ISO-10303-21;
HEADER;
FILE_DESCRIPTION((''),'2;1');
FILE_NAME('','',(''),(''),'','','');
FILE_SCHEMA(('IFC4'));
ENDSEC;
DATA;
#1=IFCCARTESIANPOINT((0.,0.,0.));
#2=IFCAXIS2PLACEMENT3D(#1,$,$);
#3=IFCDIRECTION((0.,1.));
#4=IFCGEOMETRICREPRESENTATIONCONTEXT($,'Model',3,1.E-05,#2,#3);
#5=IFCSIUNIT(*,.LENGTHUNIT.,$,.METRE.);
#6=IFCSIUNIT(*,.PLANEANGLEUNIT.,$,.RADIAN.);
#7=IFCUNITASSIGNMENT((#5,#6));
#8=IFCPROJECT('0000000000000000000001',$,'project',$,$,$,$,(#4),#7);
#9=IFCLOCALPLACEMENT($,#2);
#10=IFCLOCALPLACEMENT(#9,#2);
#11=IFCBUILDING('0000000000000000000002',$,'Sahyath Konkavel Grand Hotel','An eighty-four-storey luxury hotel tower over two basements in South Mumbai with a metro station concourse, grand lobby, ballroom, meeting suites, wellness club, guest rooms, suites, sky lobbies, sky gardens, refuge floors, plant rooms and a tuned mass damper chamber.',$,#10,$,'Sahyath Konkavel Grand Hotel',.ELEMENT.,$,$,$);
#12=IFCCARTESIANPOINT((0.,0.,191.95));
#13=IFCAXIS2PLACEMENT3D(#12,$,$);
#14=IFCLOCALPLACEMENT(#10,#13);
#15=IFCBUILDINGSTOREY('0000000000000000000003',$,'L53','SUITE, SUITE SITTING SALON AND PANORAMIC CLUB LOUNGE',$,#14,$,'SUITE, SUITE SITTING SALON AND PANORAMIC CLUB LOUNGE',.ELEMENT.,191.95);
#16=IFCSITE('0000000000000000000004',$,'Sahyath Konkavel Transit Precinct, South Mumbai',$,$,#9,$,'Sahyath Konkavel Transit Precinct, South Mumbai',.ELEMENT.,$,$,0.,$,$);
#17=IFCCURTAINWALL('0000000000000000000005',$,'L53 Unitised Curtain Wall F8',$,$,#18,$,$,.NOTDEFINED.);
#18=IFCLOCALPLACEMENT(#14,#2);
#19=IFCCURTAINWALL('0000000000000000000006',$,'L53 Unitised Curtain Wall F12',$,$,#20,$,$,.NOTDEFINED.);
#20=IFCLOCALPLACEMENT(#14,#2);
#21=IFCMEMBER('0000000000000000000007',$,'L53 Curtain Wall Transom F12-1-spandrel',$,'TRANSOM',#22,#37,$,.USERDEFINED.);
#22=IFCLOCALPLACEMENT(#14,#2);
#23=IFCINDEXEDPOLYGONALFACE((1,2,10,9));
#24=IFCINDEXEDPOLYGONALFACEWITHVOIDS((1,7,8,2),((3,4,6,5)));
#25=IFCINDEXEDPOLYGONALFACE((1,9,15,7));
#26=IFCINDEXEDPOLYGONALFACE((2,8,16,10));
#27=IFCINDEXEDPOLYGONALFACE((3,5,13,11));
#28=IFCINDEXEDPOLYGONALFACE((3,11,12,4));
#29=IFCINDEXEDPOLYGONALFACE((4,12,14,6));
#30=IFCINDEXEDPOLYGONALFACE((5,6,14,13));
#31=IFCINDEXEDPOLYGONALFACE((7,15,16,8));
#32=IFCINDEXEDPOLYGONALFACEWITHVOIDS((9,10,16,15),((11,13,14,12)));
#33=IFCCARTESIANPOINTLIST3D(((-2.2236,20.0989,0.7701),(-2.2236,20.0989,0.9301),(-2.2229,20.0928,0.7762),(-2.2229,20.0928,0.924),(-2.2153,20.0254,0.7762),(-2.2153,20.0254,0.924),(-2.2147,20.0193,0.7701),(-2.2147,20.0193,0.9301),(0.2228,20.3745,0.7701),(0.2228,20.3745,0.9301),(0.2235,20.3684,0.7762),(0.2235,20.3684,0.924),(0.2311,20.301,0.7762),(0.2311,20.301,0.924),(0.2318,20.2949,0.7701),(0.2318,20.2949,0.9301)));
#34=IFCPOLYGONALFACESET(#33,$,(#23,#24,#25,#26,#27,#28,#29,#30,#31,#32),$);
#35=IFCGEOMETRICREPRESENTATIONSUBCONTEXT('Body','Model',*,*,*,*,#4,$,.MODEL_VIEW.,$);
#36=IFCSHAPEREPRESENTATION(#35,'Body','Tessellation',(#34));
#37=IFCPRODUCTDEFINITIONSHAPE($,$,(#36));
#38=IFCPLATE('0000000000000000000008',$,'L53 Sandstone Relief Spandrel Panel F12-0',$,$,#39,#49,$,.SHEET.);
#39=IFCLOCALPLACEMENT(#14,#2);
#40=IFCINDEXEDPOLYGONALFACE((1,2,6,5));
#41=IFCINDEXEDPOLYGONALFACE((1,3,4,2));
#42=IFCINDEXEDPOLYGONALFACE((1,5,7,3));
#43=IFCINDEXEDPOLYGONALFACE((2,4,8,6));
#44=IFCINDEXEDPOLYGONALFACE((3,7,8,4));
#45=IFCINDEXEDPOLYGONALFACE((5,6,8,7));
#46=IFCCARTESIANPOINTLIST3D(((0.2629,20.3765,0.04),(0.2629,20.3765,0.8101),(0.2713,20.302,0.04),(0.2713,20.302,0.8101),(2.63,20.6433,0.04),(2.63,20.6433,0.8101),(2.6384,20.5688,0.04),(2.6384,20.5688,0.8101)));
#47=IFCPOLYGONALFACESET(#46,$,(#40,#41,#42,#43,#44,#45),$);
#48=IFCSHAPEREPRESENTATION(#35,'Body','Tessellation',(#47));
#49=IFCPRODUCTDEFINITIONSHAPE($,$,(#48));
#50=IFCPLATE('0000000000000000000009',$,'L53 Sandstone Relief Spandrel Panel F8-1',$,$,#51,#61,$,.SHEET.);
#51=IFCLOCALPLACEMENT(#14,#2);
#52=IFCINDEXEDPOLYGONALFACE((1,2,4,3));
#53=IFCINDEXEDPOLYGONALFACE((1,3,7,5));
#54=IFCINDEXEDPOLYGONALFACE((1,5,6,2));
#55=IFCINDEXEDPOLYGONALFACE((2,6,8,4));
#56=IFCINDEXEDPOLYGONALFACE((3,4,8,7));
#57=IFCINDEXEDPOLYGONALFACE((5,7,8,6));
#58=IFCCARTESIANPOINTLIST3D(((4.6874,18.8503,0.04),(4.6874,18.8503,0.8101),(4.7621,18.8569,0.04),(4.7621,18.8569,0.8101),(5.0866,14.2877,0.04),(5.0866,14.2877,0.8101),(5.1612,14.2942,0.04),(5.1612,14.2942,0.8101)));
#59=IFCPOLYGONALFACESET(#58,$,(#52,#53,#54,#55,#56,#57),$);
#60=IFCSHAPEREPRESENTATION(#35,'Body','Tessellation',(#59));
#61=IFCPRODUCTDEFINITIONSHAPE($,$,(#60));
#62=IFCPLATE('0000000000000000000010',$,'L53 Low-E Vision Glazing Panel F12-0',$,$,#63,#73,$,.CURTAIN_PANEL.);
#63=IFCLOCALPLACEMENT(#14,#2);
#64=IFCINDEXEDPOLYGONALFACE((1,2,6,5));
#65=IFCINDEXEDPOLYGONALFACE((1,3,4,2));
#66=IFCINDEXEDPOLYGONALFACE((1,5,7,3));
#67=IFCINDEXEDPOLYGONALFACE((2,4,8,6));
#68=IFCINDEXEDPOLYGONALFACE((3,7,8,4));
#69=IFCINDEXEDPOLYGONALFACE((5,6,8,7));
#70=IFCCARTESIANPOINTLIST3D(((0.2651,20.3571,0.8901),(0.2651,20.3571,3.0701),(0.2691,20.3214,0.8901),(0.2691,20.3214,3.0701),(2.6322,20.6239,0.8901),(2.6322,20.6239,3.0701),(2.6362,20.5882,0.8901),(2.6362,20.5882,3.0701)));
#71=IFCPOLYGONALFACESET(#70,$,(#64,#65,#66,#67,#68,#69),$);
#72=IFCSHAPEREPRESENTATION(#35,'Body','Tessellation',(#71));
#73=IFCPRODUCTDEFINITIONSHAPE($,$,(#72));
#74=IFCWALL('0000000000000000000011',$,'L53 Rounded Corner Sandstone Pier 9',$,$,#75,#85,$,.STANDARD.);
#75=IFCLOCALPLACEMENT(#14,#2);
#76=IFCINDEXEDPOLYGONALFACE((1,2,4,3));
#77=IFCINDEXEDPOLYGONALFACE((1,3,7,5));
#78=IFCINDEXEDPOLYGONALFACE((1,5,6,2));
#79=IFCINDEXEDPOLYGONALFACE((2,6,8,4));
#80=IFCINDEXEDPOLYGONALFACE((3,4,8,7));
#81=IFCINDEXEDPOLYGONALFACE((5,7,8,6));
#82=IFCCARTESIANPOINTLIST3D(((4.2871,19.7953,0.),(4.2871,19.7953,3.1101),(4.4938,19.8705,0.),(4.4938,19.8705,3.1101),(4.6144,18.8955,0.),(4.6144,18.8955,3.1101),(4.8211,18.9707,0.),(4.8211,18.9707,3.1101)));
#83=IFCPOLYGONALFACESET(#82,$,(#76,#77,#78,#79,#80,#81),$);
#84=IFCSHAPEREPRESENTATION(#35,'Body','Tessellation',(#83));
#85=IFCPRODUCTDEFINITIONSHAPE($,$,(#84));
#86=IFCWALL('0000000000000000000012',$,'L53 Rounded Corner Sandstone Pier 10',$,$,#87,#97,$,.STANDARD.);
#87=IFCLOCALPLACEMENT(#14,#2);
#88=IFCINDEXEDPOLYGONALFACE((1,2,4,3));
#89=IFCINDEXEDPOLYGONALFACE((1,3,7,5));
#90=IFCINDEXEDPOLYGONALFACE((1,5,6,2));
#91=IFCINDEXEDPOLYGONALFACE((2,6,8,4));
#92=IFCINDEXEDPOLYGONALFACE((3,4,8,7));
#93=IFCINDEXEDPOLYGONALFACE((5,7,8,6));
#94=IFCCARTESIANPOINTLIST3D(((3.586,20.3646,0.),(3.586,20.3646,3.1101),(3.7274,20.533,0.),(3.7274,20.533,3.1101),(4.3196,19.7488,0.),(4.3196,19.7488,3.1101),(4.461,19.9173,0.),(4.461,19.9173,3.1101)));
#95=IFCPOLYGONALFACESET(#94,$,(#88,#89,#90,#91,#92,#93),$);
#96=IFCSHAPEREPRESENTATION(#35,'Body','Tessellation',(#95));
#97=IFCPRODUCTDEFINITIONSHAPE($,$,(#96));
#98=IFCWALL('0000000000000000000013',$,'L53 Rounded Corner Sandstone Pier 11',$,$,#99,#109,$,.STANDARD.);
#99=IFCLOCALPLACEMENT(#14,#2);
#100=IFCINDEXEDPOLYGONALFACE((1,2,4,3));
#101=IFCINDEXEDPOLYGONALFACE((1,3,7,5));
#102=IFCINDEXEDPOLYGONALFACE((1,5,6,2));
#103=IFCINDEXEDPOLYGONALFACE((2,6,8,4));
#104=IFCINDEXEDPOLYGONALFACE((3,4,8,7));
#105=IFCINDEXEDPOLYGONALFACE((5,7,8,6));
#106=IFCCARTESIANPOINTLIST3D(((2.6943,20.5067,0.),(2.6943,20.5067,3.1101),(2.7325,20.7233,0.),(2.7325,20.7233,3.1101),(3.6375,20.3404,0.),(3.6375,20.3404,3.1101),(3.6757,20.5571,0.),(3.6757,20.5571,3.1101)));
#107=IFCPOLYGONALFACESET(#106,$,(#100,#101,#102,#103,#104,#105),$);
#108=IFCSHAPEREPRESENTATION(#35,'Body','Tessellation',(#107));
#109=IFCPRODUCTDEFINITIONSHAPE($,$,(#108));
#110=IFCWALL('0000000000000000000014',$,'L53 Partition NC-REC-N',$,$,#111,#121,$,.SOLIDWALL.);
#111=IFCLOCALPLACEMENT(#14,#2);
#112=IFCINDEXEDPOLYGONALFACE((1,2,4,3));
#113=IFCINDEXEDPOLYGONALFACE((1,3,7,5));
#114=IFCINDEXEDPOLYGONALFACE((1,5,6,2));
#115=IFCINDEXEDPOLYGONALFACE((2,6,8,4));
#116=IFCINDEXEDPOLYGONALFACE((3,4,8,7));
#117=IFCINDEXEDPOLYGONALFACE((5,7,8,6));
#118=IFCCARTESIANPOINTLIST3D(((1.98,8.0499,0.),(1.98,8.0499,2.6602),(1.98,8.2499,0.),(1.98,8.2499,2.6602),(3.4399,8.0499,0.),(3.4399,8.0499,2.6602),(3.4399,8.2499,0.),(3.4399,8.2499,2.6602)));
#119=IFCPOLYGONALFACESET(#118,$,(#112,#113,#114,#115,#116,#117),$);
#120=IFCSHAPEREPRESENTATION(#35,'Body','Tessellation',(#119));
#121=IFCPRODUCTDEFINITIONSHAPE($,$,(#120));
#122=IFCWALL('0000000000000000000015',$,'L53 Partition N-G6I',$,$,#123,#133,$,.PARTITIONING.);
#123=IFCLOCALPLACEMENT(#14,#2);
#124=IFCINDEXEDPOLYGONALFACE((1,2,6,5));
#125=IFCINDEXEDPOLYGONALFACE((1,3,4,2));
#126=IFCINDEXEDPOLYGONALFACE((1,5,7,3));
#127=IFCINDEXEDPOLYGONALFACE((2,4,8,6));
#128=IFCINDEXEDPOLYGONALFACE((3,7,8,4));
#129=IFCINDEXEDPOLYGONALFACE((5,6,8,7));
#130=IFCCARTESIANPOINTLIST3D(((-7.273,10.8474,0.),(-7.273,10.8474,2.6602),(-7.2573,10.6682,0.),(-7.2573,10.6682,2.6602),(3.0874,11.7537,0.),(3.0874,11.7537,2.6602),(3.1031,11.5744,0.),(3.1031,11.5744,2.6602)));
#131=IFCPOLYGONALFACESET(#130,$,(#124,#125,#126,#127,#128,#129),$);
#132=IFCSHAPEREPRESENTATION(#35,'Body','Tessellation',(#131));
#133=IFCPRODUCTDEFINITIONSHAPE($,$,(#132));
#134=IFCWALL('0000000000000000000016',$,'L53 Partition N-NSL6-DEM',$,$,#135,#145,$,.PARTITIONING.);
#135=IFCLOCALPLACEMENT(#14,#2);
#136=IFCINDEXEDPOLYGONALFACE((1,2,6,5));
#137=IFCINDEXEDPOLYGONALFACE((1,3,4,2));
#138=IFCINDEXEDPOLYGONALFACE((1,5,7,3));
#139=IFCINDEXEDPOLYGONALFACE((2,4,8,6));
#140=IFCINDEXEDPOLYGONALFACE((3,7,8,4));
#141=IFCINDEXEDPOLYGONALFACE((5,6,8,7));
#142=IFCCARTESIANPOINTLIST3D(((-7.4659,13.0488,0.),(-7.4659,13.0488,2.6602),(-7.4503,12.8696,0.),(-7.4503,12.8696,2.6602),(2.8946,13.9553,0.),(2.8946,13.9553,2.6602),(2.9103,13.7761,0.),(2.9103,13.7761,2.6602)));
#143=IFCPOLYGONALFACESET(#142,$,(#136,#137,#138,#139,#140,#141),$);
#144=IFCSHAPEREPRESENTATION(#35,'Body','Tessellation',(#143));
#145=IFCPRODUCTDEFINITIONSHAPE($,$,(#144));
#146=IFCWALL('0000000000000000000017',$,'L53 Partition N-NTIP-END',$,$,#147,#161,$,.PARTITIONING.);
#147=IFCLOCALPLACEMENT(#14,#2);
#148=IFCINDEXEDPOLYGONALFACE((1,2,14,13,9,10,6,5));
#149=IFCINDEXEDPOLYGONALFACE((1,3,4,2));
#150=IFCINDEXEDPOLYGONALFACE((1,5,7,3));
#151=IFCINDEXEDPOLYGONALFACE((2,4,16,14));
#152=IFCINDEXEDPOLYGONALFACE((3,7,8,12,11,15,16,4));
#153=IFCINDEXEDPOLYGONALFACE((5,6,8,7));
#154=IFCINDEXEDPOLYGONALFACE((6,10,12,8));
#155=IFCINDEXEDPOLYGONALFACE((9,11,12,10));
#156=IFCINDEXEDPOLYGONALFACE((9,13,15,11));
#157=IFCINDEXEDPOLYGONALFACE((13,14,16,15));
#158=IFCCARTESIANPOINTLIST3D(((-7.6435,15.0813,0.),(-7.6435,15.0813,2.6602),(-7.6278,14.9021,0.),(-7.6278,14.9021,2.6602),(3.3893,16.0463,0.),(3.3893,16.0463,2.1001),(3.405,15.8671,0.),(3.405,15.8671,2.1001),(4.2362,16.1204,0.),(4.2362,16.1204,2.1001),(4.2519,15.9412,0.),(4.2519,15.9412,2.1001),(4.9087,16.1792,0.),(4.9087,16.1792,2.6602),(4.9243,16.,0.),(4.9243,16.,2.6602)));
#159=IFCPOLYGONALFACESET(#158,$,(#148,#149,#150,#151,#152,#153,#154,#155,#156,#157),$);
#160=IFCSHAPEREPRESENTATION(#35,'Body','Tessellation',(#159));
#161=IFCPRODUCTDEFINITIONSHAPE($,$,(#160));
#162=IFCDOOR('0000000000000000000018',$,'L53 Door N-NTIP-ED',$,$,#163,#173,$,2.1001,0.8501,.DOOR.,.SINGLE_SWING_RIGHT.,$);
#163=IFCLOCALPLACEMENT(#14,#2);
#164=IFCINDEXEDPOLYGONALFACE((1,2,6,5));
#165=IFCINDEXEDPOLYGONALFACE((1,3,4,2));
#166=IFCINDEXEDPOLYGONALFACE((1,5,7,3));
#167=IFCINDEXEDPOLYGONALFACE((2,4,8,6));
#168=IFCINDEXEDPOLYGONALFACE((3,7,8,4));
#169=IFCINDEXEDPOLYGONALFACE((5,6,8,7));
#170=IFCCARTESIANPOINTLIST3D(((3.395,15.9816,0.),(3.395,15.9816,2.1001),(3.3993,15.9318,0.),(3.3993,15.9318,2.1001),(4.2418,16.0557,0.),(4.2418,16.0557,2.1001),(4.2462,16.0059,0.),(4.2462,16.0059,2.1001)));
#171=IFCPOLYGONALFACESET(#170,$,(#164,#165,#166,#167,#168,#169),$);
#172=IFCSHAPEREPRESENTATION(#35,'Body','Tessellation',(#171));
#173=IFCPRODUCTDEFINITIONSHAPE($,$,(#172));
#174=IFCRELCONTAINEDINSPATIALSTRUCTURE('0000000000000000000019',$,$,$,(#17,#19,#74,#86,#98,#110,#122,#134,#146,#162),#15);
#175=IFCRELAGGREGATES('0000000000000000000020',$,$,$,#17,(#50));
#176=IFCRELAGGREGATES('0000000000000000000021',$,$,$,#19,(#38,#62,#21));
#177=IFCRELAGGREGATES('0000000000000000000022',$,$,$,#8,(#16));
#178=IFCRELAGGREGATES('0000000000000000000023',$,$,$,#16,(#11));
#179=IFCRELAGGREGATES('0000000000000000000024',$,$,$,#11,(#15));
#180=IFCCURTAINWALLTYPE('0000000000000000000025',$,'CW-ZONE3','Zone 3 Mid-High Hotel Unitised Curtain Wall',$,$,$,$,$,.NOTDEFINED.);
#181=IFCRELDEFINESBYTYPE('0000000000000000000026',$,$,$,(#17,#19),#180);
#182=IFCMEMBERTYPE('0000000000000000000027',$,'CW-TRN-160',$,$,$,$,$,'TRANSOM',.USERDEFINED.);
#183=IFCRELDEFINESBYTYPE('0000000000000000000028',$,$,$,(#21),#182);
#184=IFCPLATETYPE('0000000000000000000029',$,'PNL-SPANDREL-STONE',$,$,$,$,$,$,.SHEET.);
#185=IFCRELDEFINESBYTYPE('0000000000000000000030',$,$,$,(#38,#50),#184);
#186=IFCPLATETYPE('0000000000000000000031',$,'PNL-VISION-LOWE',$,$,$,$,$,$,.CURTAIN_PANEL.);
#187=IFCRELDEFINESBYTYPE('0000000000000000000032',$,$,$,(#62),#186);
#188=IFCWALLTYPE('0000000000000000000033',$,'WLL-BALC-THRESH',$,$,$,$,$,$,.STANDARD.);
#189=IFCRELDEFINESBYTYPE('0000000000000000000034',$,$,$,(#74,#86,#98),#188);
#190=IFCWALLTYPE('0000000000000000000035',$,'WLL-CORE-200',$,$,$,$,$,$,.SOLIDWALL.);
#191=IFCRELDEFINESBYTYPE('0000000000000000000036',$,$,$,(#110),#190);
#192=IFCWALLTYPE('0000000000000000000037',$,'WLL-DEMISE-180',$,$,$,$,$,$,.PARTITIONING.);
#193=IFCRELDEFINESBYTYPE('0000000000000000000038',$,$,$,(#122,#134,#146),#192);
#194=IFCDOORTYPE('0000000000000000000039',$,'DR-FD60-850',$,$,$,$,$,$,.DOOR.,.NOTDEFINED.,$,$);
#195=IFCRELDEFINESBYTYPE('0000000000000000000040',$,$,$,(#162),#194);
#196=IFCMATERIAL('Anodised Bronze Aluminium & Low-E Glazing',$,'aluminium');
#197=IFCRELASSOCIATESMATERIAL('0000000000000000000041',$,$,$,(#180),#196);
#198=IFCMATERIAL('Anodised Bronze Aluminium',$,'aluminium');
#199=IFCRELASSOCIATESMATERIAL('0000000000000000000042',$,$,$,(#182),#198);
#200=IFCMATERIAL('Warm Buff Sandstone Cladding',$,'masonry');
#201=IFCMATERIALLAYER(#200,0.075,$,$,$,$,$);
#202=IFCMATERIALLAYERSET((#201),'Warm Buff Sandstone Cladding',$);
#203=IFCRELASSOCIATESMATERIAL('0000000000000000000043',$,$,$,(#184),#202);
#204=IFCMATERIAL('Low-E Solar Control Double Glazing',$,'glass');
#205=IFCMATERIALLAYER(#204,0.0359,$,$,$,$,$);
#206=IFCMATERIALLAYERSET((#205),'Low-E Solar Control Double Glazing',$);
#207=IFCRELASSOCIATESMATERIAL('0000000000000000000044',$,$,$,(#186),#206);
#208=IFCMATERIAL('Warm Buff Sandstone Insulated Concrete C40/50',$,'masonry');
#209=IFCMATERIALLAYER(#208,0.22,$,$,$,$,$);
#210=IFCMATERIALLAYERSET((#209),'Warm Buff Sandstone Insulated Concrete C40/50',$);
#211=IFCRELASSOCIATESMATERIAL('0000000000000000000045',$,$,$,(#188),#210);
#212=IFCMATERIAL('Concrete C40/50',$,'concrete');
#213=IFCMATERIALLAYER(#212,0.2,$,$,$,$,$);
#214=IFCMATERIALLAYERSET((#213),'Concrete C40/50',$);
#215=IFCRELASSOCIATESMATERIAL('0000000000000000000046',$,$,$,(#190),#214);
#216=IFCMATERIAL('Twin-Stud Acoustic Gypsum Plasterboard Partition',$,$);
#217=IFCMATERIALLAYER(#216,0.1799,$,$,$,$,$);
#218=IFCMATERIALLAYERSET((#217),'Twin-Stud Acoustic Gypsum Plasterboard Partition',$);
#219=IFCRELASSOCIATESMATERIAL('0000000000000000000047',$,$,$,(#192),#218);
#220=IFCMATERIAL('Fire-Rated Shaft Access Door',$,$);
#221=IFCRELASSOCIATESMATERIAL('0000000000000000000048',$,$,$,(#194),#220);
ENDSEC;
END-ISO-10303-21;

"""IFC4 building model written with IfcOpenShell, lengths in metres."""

from ifc_helpers import new_model, si_unit, direction, frame, frame_2d, origin, origin_2d, place, context, subcontext, project, spatial, rectangle, hollow_rectangle, extrude, source, transform, mapped, material, layer, layer_set, material_profile, profile_set, type_object, element, fill, aggregate, save


model = new_model("IFC4")

# Units and contexts
model_context = context("Model", 3, precision=1e-05, world=origin(), true_north=direction((0.0, 1.0)))
body_context = subcontext(model_context, "Body", "Model", "MODEL_VIEW")
ifc_project = project(units=[si_unit("LENGTHUNIT", "METRE"), si_unit("PLANEANGLEUNIT", "RADIAN")], contexts=[model_context])

# Site, building, storey
site_placement = place(None, origin())
site = spatial("IfcSite", under=ifc_project, at=site_placement, Name="Sahyath Konkavel Transit Precinct, South Mumbai", LongName="Sahyath Konkavel Transit Precinct, South Mumbai", CompositionType="ELEMENT", RefElevation=0.0)
building_placement = place(site_placement, origin())
building = spatial("IfcBuilding", under=site, at=building_placement, Name="Sahyath Konkavel Grand Hotel", Description="An eighty-four-storey luxury hotel tower over two basements in South Mumbai with a metro station concourse, grand lobby, ballroom, meeting suites, wellness club, guest rooms, suites, sky lobbies, sky gardens, refuge floors, plant rooms and a tuned mass damper chamber.", LongName="Sahyath Konkavel Grand Hotel", CompositionType="ELEMENT")
storey_placement = place(building_placement, frame((0.0, 0.0, 191.95)))
storey = spatial("IfcBuildingStorey", under=building, at=storey_placement, Name="L53", Description="SUITE, SUITE SITTING SALON AND PANORAMIC CLUB LOUNGE", LongName="SUITE, SUITE SITTING SALON AND PANORAMIC CLUB LOUNGE", CompositionType="ELEMENT", Elevation=191.95)

# Shared definitions
ifc_material_1 = material(Name="Concrete C40/50", Category="concrete")

# Curtain wall
ifc_material_2 = material(Name="Anodised Bronze Aluminium & Low-E Glazing", Category="aluminium")
curtain_wall_type = type_object("IfcCurtainWallType", Name="CW-ZONE3", Description="Zone 3 Mid-High Hotel Unitised Curtain Wall", PredefinedType="NOTDEFINED", material=ifc_material_2)
curtain_wall_1_placement = place(storey_placement, origin())
curtain_wall_1 = element("IfcCurtainWall", 1, at=curtain_wall_1_placement, inside=storey, type_object=curtain_wall_type, Name="L53 Unitised Curtain Wall F8", PredefinedType="NOTDEFINED")
ifc_material_3 = material(Name="Anodised Bronze Aluminium", Category="aluminium")

# Curtain wall, member, plate
curtain_wall_2_placement = place(storey_placement, origin())
curtain_wall_2 = element("IfcCurtainWall", 2, at=curtain_wall_2_placement, inside=storey, type_object=curtain_wall_type, Name="L53 Unitised Curtain Wall F12", PredefinedType="NOTDEFINED")
ifc_material_profile_1 = material_profile(ifc_material_3, hollow_rectangle(XDim=0.0801, YDim=0.1599, WallThickness=0.0061, at=origin_2d()), Name="RHS 160x80x6")
ifc_profile_set_1 = profile_set([ifc_material_profile_1], Name="Anodised Bronze Aluminium")
member_type_1 = type_object("IfcMemberType", Name="CW-TRN-160", ElementType="TRANSOM", PredefinedType="USERDEFINED", material=ifc_profile_set_1)
shared_shape_1 = source(origin(), body_context, "Body", "SweptSolid", [
    extrude(hollow_rectangle(XDim=0.0801, YDim=0.1599, WallThickness=0.0061, at=origin_2d()), origin(), (0.0, 0.0, 1.0), 2.4619),
])
member_1_placement = place(storey_placement, frame((0.2273, 20.3347, 0.8501), z_axis=(-0.993713, -0.111955, 0.0), x_axis=(0.111955, -0.993713, 0.0)))
member_1 = element("IfcMember", 3, at=member_1_placement, type_object=member_type_1, Name="L53 Curtain Wall Transom F12-1-spandrel", ObjectType="TRANSOM", PredefinedType="USERDEFINED", context=body_context, shape_type="MappedRepresentation", body=[
    mapped(shared_shape_1, transform((0.0, 0.0, 0.0), scale=1.0)),
])
ifc_material_4 = material(Name="Warm Buff Sandstone Cladding", Category="masonry")
ifc_layer_1 = layer(ifc_material_4, 0.075)
ifc_layer_set_1 = layer_set([ifc_layer_1], Name="Warm Buff Sandstone Cladding")
plate_type_1 = type_object("IfcPlateType", Name="PNL-SPANDREL-STONE", PredefinedType="SHEET", material=ifc_layer_set_1)
shared_shape_2 = source(origin(), body_context, "Body", "SweptSolid", [
    extrude(rectangle(XDim=2.3821, YDim=0.075, at=origin_2d()), origin(), (0.0, 0.0, 1.0), 0.77),
])
plate_1_placement = place(storey_placement, frame((1.4507, 20.4727, 0.04), z_axis=(0.0, 0.0, 1.0), x_axis=(-0.993707, -0.112007, 0.0)))
plate_1 = element("IfcPlate", 4, at=plate_1_placement, type_object=plate_type_1, Name="L53 Sandstone Relief Spandrel Panel F12-0", PredefinedType="SHEET", context=body_context, shape_type="MappedRepresentation", body=[
    mapped(shared_shape_2, transform((0.0, 0.0, 0.0), scale=1.0)),
])

# Plates
shared_shape_3 = source(origin(), body_context, "Body", "SweptSolid", [
    extrude(rectangle(XDim=4.5801, YDim=0.075, at=origin_2d()), origin(), (0.0, 0.0, 1.0), 0.77),
])
plate_2_placement = place(storey_placement, frame((4.9243, 16.5723, 0.04), z_axis=(0.0, 0.0, 1.0), x_axis=(-0.087156, 0.996195, 0.0)))
plate_2 = element("IfcPlate", 5, at=plate_2_placement, type_object=plate_type_1, Name="L53 Sandstone Relief Spandrel Panel F8-1", PredefinedType="SHEET", context=body_context, shape_type="MappedRepresentation", body=[
    mapped(shared_shape_3, transform((0.0, 0.0, 0.0), scale=1.0)),
])
aggregate(curtain_wall_1, [plate_2])
ifc_material_5 = material(Name="Low-E Solar Control Double Glazing", Category="glass")
ifc_layer_2 = layer(ifc_material_5, 0.0359)
ifc_layer_set_2 = layer_set([ifc_layer_2], Name="Low-E Solar Control Double Glazing")
plate_type_2 = type_object("IfcPlateType", Name="PNL-VISION-LOWE", PredefinedType="CURTAIN_PANEL", material=ifc_layer_set_2)
shared_shape_4 = source(origin(), body_context, "Body", "SweptSolid", [
    extrude(rectangle(XDim=2.3821, YDim=0.0359, at=origin_2d()), origin(), (0.0, 0.0, 1.0), 2.1799),
])
plate_3_placement = place(storey_placement, frame((1.4507, 20.4727, 0.8901), z_axis=(0.0, 0.0, 1.0), x_axis=(-0.993707, -0.112007, 0.0)))
plate_3 = element("IfcPlate", 6, at=plate_3_placement, type_object=plate_type_2, Name="L53 Low-E Vision Glazing Panel F12-0", PredefinedType="CURTAIN_PANEL", context=body_context, shape_type="MappedRepresentation", body=[
    mapped(shared_shape_4, transform((0.0, 0.0, 0.0), scale=1.0)),
])
aggregate(curtain_wall_2, [plate_1, plate_3, member_1])

# Walls
ifc_material_6 = material(Name="Warm Buff Sandstone Insulated Concrete C40/50", Category="masonry")
ifc_layer_3 = layer(ifc_material_6, 0.22)
ifc_layer_set_3 = layer_set([ifc_layer_3], Name="Warm Buff Sandstone Insulated Concrete C40/50")
wall_type_1 = type_object("IfcWallType", Name="WLL-BALC-THRESH", PredefinedType="STANDARD", material=ifc_layer_set_3)
wall_1_placement = place(storey_placement, frame((4.7178, 18.9331, 0.0), z_axis=(0.0, 0.0, 1.0), x_axis=(-0.341886, 0.939741, 0.0)))
element("IfcWall", 7, at=wall_1_placement, inside=storey, type_object=wall_type_1, Name="L53 Rounded Corner Sandstone Pier 9", PredefinedType="STANDARD", context=body_context, shape_type="SweptSolid", body=[
    extrude(rectangle(XDim=0.9575, YDim=0.22, at=frame_2d((0.4788, 0.0))), origin(), (0.0, 0.0, 1.0), 3.1101),
])
for number, where, z_axis, x_axis, name in (
    (8, (4.3904, 19.833, 0.0), (0.0, 0.0, 1.0), (-0.765981, 0.642863, 0.0), "L53 Rounded Corner Sandstone Pier 10"),
    (9, (3.6567, 20.4487, 0.0), (0.0, 0.0, 1.0), (-0.984814, 0.173611, 0.0), "L53 Rounded Corner Sandstone Pier 11"),
):
    element("IfcWall", number, at=place(storey_placement, frame(where, z_axis=z_axis, x_axis=x_axis)), inside=storey, type_object=wall_type_1, Name=name, PredefinedType="STANDARD", context=body_context, shape_type="SweptSolid", body=[
        extrude(rectangle(XDim=0.9578, YDim=0.22, at=frame_2d((0.479, 0.0))), origin(), (0.0, 0.0, 1.0), 3.1101),
    ])
ifc_layer_4 = layer(ifc_material_1, 0.2)
ifc_layer_set_4 = layer_set([ifc_layer_4], Name="Concrete C40/50")
wall_type_2 = type_object("IfcWallType", Name="WLL-CORE-200", PredefinedType="SOLIDWALL", material=ifc_layer_set_4)
wall_2_placement = place(storey_placement, frame((1.98, 8.1499, 0.0), z_axis=(0.0, 0.0, 1.0), x_axis=(1.0, 0.0, 0.0)))
element("IfcWall", 10, at=wall_2_placement, inside=storey, type_object=wall_type_2, Name="L53 Partition NC-REC-N", PredefinedType="SOLIDWALL", context=body_context, shape_type="SweptSolid", body=[
    extrude(rectangle(XDim=1.46, YDim=0.2, at=frame_2d((0.73, 0.0))), origin(), (0.0, 0.0, 1.0), 2.6602),
])
ifc_material_7 = material(Name="Twin-Stud Acoustic Gypsum Plasterboard Partition")
ifc_layer_5 = layer(ifc_material_7, 0.1799)
ifc_layer_set_5 = layer_set([ifc_layer_5], Name="Twin-Stud Acoustic Gypsum Plasterboard Partition")
wall_type_3 = type_object("IfcWallType", Name="WLL-DEMISE-180", PredefinedType="PARTITIONING", material=ifc_layer_set_5)
wall_3_placement = place(storey_placement, frame((3.0952, 11.6641, 0.0), z_axis=(0.0, 0.0, 1.0), x_axis=(-0.996196, -0.08714, 0.0)))
element("IfcWall", 11, at=wall_3_placement, inside=storey, type_object=wall_type_3, Name="L53 Partition N-G6I", PredefinedType="PARTITIONING", context=body_context, shape_type="SweptSolid", body=[
    extrude(rectangle(XDim=10.3999, YDim=0.1799, at=frame_2d((5.2, 0.0))), origin(), (0.0, 0.0, 1.0), 2.6602),
])
wall_4_placement = place(storey_placement, frame((2.9026, 13.8657, 0.0), z_axis=(0.0, 0.0, 1.0), x_axis=(-0.996194, -0.087161, 0.0)))
element("IfcWall", 12, at=wall_4_placement, inside=storey, type_object=wall_type_3, Name="L53 Partition N-NSL6-DEM", PredefinedType="PARTITIONING", context=body_context, shape_type="SweptSolid", body=[
    extrude(rectangle(XDim=10.4001, YDim=0.1799, at=frame_2d((5.2002, 0.0))), origin(), (0.0, 0.0, 1.0), 2.6602),
])

# Wall, opening, door
wall_5_placement = place(storey_placement, frame((4.9165, 16.0896, 0.0), z_axis=(0.0, 0.0, 1.0), x_axis=(-0.996197, -0.087134, 0.0)))
wall_5 = element("IfcWall", 13, at=wall_5_placement, inside=storey, type_object=wall_type_3, Name="L53 Partition N-NTIP-END", PredefinedType="PARTITIONING", context=body_context, shape_type="SweptSolid", body=[
    extrude(rectangle(XDim=12.6001, YDim=0.1799, at=frame_2d((6.3, 0.0))), origin(), (0.0, 0.0, 1.0), 2.6602),
])
opening_1_placement = place(wall_5_placement, frame((0.675, 0.0, 0.0)))
opening_1 = element("IfcOpeningElement", 14, at=opening_1_placement, cuts=wall_5, PredefinedType="OPENING", context=body_context, shape_type="SweptSolid", body=[
    extrude(rectangle(XDim=0.8501, YDim=2.1001, at=frame_2d((0.425, 1.05))), frame((0.0, 0.1001, 0.0), z_axis=(0.0, -1.0, 0.0), x_axis=(1.0, 0.0, 0.0)), (0.0, 0.0, 1.0), 0.2),
])
ifc_material_8 = material(Name="Fire-Rated Shaft Access Door")
door_type = type_object("IfcDoorType", Name="DR-FD60-850", OperationType="NOTDEFINED", PredefinedType="DOOR", material=ifc_material_8)
shared_shape_5 = source(origin(), body_context, "Body", "SweptSolid", [
    extrude(rectangle(XDim=0.8501, YDim=0.05, at=origin_2d()), origin(), (0.0, 0.0, 1.0), 2.1001),
])
door_1_placement = place(opening_1_placement, frame((0.425, 0.0, 0.0)))
door_1 = element("IfcDoor", 15, at=door_1_placement, inside=storey, type_object=door_type, Name="L53 Door N-NTIP-ED", OperationType="SINGLE_SWING_RIGHT", OverallHeight=2.1001, OverallWidth=0.8501, PredefinedType="DOOR", context=body_context, shape_type="MappedRepresentation", body=[
    mapped(shared_shape_5, transform((0.0, 0.0, 0.0), scale=1.0)),
])
fill(opening_1, door_1)

save(model, "model.ifc")
